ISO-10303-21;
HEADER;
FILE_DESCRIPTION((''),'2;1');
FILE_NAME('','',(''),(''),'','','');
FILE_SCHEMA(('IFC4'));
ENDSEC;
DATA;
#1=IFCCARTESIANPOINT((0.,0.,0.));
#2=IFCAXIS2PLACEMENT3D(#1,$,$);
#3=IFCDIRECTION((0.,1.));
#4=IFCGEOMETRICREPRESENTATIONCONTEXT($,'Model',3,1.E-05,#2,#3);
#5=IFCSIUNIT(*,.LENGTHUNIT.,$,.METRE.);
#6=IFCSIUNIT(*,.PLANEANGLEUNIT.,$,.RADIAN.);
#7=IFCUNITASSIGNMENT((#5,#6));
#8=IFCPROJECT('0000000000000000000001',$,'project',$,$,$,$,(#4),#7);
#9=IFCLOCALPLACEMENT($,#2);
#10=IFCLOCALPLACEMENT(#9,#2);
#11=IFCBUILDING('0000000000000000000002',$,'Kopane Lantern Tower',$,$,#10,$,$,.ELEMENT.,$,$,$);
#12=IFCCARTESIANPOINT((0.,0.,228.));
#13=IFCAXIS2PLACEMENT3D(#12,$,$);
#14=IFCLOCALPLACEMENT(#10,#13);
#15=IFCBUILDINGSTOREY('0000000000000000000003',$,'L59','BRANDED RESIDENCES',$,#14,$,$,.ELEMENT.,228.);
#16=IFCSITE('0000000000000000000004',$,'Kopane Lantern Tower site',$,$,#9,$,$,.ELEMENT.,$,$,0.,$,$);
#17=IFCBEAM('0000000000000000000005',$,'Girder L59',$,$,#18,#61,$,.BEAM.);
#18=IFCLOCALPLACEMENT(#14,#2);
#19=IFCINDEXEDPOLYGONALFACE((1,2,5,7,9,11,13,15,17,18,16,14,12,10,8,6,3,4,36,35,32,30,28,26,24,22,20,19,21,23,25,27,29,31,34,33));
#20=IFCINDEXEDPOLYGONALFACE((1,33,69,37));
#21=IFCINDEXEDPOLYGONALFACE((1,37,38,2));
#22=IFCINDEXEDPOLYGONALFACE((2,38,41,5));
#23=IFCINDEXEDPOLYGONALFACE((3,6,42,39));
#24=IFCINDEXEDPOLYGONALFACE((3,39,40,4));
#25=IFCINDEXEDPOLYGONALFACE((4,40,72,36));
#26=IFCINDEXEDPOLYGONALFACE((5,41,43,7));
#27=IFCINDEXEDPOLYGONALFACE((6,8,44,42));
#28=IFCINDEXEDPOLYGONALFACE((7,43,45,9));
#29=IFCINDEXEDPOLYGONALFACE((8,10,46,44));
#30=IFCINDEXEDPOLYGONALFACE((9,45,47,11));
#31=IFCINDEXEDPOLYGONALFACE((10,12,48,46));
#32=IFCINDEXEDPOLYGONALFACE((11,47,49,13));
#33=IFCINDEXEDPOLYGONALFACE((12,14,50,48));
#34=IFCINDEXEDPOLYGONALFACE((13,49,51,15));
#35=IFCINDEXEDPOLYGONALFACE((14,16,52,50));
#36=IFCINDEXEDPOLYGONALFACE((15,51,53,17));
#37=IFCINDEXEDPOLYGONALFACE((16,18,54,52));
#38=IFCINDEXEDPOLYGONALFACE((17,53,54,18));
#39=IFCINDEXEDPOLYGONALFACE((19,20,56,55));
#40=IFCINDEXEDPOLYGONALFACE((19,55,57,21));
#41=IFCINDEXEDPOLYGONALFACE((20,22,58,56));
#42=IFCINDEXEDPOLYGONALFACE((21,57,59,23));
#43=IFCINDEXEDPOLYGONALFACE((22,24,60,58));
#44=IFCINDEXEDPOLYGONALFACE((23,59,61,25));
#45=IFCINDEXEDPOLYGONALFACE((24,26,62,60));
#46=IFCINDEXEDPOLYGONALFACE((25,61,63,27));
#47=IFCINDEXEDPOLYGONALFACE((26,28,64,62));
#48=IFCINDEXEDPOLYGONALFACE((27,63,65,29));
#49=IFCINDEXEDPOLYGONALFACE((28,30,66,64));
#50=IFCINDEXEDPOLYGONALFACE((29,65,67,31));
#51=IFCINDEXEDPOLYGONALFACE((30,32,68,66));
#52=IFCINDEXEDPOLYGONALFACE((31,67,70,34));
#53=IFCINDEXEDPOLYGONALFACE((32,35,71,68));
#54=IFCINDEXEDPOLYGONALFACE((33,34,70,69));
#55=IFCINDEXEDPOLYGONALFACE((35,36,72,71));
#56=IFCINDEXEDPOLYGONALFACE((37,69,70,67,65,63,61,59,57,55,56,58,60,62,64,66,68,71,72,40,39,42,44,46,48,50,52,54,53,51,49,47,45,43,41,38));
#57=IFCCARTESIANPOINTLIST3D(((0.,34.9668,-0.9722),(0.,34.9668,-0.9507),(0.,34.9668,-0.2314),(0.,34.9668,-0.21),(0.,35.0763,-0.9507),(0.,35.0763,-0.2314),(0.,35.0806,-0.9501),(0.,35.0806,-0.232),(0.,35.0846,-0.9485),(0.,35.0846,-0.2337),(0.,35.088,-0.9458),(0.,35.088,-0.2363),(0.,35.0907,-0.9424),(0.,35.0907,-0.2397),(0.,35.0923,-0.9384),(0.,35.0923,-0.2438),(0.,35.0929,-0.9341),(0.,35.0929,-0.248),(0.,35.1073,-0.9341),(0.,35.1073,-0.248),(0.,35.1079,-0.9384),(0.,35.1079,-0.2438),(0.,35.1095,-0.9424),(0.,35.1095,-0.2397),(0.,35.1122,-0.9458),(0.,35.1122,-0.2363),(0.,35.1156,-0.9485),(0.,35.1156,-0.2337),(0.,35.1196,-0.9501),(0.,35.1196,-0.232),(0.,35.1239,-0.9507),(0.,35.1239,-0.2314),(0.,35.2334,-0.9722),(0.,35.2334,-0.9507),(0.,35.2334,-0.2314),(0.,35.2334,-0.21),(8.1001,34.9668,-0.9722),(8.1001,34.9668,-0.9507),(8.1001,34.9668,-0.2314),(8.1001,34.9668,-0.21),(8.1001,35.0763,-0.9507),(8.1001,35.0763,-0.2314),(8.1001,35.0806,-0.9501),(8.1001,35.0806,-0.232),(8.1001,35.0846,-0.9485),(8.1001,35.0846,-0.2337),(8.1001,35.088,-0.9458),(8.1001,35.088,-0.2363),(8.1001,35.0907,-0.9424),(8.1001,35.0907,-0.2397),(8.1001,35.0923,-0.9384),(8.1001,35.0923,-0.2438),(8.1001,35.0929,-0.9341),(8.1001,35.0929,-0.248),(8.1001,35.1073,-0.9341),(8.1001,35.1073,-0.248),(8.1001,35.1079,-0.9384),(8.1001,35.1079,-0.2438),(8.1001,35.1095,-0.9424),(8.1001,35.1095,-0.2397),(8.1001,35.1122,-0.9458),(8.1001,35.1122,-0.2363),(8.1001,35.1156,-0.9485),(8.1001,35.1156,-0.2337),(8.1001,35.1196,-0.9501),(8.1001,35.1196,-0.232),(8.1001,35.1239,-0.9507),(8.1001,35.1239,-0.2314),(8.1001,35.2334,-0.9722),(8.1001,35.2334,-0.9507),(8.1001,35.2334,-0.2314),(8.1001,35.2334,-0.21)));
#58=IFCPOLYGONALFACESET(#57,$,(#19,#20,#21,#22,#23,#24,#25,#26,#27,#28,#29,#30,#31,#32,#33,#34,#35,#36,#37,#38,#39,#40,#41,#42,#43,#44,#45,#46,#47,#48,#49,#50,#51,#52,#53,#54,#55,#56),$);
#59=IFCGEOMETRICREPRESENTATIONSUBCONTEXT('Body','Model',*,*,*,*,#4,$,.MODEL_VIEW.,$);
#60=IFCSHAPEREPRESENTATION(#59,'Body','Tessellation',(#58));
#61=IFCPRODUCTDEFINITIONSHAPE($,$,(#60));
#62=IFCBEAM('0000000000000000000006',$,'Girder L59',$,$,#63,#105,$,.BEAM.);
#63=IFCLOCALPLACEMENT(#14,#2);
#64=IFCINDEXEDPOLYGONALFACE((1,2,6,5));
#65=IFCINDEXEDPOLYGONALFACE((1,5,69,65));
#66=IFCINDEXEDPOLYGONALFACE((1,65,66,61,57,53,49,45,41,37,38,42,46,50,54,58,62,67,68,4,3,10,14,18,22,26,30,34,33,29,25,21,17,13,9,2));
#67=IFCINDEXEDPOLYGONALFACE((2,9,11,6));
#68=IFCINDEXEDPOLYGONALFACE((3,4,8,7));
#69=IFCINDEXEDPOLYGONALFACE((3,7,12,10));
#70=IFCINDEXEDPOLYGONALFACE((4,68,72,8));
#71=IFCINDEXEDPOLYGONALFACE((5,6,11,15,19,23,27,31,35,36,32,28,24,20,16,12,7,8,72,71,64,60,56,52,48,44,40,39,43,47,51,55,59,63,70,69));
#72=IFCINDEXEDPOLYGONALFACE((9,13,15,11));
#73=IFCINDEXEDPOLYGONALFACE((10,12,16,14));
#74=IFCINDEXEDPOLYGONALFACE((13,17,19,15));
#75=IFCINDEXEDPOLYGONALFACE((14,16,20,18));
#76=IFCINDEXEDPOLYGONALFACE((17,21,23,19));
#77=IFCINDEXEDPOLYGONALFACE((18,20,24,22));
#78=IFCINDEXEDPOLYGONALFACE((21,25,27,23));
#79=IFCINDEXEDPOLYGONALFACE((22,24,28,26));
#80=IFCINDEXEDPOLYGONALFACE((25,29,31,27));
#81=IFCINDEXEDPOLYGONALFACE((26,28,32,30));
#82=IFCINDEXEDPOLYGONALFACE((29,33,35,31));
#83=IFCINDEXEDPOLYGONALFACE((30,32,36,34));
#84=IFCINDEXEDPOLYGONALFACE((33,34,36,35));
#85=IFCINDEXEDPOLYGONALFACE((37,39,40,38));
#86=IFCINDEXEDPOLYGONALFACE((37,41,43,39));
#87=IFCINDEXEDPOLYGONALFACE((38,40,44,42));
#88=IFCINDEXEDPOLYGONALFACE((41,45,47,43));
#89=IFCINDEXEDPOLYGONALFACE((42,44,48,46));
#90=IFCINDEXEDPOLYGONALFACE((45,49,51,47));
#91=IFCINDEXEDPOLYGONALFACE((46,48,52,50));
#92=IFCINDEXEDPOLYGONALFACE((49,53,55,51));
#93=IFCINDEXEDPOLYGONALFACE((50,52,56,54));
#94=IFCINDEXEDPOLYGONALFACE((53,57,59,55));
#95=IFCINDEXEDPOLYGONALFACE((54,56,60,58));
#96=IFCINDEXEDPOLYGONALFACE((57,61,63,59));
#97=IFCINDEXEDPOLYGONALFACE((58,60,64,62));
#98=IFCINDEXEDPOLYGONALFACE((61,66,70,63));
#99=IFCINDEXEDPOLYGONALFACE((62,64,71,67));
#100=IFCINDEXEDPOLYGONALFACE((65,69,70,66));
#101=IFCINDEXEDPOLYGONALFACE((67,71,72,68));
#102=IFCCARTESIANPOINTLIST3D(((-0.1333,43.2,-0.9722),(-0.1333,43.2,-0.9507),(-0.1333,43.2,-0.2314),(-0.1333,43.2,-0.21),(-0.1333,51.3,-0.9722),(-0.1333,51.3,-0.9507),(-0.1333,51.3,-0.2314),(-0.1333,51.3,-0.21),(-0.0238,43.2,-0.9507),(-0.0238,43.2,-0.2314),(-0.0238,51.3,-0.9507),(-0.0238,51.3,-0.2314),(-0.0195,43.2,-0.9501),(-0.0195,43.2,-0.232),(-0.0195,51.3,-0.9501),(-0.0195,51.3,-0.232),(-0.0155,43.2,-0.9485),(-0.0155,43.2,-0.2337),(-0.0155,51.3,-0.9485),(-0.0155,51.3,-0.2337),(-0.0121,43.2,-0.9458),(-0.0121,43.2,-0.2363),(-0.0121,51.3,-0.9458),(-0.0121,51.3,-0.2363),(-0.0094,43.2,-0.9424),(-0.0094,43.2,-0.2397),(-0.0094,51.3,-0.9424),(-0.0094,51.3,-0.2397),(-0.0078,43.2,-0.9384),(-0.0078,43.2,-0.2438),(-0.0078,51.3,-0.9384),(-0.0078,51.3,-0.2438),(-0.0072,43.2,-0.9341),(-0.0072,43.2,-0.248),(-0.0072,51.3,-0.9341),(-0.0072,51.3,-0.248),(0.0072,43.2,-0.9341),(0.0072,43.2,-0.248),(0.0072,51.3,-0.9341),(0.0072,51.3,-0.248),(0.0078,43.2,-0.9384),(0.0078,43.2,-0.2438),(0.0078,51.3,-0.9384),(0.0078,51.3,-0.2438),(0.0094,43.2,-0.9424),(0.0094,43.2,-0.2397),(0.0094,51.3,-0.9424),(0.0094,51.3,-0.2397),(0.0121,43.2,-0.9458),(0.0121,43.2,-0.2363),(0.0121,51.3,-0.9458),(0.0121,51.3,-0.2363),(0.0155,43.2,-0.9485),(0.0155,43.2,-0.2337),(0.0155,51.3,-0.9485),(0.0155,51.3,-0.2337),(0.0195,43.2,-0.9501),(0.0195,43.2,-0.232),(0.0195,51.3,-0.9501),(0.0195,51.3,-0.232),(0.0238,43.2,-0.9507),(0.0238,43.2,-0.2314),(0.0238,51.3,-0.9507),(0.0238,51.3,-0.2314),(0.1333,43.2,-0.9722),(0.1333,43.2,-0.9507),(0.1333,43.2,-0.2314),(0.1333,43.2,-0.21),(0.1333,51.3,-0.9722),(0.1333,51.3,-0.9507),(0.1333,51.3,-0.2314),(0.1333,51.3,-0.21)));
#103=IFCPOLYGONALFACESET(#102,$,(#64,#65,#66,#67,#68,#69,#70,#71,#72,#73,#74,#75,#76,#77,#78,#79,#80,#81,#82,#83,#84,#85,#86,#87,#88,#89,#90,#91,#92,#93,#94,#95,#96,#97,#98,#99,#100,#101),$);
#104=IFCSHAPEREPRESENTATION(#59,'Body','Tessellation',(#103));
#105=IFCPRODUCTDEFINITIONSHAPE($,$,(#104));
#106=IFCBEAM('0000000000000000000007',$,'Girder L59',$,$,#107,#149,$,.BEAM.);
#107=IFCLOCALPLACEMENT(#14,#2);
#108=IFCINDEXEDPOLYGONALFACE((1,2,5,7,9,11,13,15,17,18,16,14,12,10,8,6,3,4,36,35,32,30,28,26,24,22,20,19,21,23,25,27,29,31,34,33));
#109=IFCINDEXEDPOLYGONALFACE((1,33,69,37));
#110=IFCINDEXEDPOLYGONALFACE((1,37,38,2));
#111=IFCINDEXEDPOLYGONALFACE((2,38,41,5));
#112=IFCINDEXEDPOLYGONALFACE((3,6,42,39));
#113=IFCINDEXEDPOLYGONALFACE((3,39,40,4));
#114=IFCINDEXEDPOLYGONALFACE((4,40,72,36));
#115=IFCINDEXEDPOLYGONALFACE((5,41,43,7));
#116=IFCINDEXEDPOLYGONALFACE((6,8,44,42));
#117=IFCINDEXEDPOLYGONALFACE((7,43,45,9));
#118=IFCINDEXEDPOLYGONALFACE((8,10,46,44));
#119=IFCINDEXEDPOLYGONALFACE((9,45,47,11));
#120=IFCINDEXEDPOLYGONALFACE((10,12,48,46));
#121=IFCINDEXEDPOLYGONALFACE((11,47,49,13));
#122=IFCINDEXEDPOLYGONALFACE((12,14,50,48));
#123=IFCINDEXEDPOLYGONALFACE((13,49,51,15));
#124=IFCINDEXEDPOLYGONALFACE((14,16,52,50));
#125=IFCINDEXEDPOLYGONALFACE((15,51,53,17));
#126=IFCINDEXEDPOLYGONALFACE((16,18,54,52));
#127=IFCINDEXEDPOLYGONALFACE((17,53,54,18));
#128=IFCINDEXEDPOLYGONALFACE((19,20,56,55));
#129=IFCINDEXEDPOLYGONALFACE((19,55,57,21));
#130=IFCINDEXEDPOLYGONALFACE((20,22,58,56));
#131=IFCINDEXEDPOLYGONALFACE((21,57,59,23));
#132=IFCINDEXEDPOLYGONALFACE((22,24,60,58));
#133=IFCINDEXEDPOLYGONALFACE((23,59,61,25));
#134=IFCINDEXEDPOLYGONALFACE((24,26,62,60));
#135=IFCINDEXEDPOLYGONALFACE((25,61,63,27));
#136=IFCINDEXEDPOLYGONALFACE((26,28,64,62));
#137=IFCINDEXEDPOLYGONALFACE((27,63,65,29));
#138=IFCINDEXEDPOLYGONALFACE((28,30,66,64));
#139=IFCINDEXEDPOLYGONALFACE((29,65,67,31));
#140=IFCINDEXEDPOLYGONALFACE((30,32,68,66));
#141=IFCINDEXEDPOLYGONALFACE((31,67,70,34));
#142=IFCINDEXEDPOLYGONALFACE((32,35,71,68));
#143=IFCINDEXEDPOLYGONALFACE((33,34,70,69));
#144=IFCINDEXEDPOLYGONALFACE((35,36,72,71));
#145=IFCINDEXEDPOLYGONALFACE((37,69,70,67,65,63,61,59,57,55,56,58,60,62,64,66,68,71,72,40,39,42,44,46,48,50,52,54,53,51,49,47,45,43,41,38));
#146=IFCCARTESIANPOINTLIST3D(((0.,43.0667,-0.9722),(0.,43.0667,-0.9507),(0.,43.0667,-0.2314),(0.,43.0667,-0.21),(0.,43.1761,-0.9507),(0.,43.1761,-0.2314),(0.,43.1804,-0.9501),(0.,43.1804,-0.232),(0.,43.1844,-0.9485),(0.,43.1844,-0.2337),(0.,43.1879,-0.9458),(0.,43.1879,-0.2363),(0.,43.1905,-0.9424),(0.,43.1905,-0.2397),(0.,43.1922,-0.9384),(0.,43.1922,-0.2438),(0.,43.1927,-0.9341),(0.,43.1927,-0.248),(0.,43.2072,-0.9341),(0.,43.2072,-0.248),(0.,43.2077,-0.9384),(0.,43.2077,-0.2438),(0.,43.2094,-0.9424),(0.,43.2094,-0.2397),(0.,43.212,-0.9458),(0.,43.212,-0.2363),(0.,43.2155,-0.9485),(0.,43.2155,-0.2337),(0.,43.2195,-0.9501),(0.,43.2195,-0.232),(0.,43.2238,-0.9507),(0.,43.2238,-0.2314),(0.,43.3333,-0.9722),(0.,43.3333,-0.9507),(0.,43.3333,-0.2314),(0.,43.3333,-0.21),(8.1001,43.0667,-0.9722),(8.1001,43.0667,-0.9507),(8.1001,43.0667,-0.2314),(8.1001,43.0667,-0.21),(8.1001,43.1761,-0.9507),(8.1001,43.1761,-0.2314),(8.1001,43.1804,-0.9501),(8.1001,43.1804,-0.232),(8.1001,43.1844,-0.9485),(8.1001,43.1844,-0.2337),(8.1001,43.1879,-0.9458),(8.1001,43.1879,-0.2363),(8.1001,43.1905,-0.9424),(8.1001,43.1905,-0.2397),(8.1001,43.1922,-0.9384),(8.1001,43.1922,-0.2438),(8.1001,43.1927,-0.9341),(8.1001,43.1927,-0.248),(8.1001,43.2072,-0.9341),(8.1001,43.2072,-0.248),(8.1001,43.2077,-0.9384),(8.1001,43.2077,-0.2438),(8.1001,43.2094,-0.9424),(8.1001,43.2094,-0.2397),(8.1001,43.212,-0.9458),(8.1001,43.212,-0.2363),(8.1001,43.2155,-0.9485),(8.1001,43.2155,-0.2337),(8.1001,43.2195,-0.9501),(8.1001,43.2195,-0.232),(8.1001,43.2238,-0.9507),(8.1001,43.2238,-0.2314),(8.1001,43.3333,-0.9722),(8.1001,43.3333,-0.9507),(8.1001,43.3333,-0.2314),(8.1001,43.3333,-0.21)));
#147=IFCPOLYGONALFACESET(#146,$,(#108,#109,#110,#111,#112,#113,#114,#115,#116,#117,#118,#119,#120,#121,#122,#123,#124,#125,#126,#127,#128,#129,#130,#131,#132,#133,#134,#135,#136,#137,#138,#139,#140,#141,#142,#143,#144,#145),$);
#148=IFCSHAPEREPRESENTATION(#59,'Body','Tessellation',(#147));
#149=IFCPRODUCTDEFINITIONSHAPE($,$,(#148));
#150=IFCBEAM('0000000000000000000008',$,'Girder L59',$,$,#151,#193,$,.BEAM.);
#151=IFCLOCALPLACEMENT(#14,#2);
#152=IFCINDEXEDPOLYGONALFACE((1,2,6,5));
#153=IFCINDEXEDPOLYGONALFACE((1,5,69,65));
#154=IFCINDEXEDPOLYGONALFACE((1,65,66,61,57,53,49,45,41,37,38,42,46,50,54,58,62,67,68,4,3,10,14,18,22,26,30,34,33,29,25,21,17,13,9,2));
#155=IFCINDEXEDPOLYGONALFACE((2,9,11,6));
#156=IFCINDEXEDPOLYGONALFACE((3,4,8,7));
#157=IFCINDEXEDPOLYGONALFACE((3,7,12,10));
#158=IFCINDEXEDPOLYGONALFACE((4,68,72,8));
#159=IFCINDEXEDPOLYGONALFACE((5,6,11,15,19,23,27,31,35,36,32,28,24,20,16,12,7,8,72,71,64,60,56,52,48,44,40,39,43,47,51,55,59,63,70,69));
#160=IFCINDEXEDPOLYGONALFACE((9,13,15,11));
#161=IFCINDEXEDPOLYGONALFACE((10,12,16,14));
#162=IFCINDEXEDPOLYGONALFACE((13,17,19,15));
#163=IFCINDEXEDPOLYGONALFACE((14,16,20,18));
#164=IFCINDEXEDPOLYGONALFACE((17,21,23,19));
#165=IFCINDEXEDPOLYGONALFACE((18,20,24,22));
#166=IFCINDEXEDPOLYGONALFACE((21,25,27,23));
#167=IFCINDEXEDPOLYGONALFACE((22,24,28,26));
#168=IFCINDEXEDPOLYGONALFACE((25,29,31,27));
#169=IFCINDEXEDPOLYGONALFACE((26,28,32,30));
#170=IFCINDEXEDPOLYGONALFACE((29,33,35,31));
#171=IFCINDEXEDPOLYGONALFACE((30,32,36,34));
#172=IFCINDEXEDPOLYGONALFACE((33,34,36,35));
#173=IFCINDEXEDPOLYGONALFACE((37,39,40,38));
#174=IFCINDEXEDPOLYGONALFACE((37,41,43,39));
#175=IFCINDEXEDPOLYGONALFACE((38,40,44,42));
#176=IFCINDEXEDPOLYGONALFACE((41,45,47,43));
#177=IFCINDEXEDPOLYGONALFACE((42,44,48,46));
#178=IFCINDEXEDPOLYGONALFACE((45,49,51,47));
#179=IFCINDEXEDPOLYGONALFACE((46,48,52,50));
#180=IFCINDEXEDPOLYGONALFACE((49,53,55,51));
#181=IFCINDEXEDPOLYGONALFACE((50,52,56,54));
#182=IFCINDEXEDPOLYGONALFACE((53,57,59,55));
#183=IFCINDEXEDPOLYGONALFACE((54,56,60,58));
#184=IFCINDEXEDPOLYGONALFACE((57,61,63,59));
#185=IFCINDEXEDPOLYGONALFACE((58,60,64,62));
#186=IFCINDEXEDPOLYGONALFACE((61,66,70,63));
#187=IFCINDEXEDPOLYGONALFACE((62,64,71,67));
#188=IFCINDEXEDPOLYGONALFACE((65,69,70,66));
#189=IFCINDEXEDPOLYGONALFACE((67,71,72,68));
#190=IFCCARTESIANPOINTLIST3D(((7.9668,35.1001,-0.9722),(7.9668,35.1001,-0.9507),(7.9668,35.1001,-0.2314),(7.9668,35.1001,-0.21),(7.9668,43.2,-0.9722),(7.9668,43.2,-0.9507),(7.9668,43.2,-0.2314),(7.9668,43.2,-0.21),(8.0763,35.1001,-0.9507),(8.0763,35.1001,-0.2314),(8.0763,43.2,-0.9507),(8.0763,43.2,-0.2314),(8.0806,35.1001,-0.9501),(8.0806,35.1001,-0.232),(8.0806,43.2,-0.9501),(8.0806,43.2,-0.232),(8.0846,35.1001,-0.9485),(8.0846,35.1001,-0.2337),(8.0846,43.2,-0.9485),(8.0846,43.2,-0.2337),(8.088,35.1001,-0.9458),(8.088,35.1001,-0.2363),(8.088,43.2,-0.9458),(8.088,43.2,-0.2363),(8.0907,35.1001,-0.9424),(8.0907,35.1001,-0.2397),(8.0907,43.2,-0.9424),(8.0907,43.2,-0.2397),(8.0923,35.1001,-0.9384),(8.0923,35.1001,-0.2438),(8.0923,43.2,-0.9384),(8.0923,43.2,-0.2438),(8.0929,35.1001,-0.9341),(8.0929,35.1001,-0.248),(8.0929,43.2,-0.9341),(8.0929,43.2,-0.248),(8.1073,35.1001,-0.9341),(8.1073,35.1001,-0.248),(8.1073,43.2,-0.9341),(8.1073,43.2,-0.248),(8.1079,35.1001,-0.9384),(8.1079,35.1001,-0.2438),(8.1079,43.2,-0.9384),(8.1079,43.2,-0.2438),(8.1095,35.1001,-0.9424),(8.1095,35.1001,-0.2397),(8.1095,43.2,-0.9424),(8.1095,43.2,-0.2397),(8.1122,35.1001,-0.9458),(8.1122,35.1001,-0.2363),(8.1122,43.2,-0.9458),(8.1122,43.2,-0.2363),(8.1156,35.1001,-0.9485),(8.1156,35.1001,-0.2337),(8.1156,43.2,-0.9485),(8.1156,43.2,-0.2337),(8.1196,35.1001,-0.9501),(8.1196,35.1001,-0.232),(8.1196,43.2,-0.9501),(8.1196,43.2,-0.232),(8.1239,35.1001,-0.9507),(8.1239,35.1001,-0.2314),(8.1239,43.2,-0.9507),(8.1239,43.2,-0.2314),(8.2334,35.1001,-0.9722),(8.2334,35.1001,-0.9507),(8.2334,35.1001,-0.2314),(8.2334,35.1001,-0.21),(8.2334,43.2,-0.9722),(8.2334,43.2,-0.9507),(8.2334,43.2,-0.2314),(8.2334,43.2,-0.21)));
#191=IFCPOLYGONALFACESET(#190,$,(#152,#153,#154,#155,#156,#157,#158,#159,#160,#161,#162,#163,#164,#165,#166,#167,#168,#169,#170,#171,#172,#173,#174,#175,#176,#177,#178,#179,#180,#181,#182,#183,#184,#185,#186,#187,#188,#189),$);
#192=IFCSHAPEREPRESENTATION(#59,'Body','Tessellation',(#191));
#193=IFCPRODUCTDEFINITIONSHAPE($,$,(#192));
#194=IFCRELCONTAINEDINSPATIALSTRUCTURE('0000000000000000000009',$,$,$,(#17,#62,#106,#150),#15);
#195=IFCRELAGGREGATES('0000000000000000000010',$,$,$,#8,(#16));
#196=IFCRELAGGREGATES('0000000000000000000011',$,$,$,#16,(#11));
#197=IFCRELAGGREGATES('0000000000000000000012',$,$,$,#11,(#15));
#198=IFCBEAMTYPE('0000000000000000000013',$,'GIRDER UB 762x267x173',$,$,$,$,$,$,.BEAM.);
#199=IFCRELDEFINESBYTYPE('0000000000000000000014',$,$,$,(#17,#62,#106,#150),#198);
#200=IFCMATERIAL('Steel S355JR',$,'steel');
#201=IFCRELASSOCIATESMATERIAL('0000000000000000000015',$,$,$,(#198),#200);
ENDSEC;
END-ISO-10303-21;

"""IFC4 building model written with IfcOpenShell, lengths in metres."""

from ifc_helpers import new_model, si_unit, direction, frame, origin, origin_2d, place, context, subcontext, project, spatial, i_section, extrude, material, material_profile, profile_set, type_object, element, save


model = new_model("IFC4")

# Units and contexts
model_context = context("Model", 3, precision=1e-05, world=origin(), true_north=direction((0.0, 1.0)))
body_context = subcontext(model_context, "Body", "Model", "MODEL_VIEW")
ifc_project = project(units=[si_unit("LENGTHUNIT", "METRE"), si_unit("PLANEANGLEUNIT", "RADIAN")], contexts=[model_context])

# Site, building, storey
site_placement = place(None, origin())
site = spatial("IfcSite", under=ifc_project, at=site_placement, Name="Kopane Lantern Tower site", CompositionType="ELEMENT", RefElevation=0.0)
building_placement = place(site_placement, origin())
building = spatial("IfcBuilding", under=site, at=building_placement, Name="Kopane Lantern Tower", CompositionType="ELEMENT")
storey_placement = place(building_placement, frame((0.0, 0.0, 228.0)))
storey = spatial("IfcBuildingStorey", under=building, at=storey_placement, Name="L59", Description="BRANDED RESIDENCES", CompositionType="ELEMENT", Elevation=228.0)

# Beams
ifc_material_1 = material(Name="Steel S355JR", Category="steel")
ifc_material_profile_1 = material_profile(ifc_material_1, i_section(OverallWidth=0.2666, OverallDepth=0.7622, WebThickness=0.0144, FlangeThickness=0.0215, FilletRadius=0.0166, at=origin_2d()), Name="UB 762x267x173")
ifc_profile_set_1 = profile_set([ifc_material_profile_1], Name="Steel S355JR")
beam_type = type_object("IfcBeamType", Name="GIRDER UB 762x267x173", PredefinedType="BEAM", material=ifc_profile_set_1)
for number, where, z_axis, x_axis, name in (
    (1, (0.0, 35.1001, -0.5911), (1.0, 0.0, 0.0), (0.0, 1.0, 0.0), "Girder L59"),
    (2, (0.0, 43.2, -0.5911), (0.0, 1.0, 0.0), (-1.0, 0.0, 0.0), "Girder L59"),
    (3, (0.0, 43.2, -0.5911), (1.0, 0.0, 0.0), (0.0, 1.0, 0.0), "Girder L59"),
):
    element("IfcBeam", number, at=place(storey_placement, frame(where, z_axis=z_axis, x_axis=x_axis)), inside=storey, type_object=beam_type, Name=name, PredefinedType="BEAM", context=body_context, shape_type="SweptSolid", body=[
        extrude(i_section(OverallWidth=0.2666, OverallDepth=0.7622, WebThickness=0.0144, FlangeThickness=0.0215, FilletRadius=0.0166, at=origin_2d()), origin(), (0.0, 0.0, 1.0), 8.1001),
    ])
for number, where, z_axis, x_axis, name in (
    (4, (8.1001, 35.1001, -0.5911), (0.0, 1.0, 0.0), (-1.0, 0.0, 0.0), "Girder L59"),
):
    element("IfcBeam", number, at=place(storey_placement, frame(where, z_axis=z_axis, x_axis=x_axis)), inside=storey, type_object=beam_type, Name=name, PredefinedType="BEAM", context=body_context, shape_type="SweptSolid", body=[
        extrude(i_section(OverallWidth=0.2666, OverallDepth=0.7622, WebThickness=0.0144, FlangeThickness=0.0215, FilletRadius=0.0166, at=origin_2d()), origin(), (0.0, 0.0, 1.0), 8.0999),
    ])

save(model, "model.ifc")
